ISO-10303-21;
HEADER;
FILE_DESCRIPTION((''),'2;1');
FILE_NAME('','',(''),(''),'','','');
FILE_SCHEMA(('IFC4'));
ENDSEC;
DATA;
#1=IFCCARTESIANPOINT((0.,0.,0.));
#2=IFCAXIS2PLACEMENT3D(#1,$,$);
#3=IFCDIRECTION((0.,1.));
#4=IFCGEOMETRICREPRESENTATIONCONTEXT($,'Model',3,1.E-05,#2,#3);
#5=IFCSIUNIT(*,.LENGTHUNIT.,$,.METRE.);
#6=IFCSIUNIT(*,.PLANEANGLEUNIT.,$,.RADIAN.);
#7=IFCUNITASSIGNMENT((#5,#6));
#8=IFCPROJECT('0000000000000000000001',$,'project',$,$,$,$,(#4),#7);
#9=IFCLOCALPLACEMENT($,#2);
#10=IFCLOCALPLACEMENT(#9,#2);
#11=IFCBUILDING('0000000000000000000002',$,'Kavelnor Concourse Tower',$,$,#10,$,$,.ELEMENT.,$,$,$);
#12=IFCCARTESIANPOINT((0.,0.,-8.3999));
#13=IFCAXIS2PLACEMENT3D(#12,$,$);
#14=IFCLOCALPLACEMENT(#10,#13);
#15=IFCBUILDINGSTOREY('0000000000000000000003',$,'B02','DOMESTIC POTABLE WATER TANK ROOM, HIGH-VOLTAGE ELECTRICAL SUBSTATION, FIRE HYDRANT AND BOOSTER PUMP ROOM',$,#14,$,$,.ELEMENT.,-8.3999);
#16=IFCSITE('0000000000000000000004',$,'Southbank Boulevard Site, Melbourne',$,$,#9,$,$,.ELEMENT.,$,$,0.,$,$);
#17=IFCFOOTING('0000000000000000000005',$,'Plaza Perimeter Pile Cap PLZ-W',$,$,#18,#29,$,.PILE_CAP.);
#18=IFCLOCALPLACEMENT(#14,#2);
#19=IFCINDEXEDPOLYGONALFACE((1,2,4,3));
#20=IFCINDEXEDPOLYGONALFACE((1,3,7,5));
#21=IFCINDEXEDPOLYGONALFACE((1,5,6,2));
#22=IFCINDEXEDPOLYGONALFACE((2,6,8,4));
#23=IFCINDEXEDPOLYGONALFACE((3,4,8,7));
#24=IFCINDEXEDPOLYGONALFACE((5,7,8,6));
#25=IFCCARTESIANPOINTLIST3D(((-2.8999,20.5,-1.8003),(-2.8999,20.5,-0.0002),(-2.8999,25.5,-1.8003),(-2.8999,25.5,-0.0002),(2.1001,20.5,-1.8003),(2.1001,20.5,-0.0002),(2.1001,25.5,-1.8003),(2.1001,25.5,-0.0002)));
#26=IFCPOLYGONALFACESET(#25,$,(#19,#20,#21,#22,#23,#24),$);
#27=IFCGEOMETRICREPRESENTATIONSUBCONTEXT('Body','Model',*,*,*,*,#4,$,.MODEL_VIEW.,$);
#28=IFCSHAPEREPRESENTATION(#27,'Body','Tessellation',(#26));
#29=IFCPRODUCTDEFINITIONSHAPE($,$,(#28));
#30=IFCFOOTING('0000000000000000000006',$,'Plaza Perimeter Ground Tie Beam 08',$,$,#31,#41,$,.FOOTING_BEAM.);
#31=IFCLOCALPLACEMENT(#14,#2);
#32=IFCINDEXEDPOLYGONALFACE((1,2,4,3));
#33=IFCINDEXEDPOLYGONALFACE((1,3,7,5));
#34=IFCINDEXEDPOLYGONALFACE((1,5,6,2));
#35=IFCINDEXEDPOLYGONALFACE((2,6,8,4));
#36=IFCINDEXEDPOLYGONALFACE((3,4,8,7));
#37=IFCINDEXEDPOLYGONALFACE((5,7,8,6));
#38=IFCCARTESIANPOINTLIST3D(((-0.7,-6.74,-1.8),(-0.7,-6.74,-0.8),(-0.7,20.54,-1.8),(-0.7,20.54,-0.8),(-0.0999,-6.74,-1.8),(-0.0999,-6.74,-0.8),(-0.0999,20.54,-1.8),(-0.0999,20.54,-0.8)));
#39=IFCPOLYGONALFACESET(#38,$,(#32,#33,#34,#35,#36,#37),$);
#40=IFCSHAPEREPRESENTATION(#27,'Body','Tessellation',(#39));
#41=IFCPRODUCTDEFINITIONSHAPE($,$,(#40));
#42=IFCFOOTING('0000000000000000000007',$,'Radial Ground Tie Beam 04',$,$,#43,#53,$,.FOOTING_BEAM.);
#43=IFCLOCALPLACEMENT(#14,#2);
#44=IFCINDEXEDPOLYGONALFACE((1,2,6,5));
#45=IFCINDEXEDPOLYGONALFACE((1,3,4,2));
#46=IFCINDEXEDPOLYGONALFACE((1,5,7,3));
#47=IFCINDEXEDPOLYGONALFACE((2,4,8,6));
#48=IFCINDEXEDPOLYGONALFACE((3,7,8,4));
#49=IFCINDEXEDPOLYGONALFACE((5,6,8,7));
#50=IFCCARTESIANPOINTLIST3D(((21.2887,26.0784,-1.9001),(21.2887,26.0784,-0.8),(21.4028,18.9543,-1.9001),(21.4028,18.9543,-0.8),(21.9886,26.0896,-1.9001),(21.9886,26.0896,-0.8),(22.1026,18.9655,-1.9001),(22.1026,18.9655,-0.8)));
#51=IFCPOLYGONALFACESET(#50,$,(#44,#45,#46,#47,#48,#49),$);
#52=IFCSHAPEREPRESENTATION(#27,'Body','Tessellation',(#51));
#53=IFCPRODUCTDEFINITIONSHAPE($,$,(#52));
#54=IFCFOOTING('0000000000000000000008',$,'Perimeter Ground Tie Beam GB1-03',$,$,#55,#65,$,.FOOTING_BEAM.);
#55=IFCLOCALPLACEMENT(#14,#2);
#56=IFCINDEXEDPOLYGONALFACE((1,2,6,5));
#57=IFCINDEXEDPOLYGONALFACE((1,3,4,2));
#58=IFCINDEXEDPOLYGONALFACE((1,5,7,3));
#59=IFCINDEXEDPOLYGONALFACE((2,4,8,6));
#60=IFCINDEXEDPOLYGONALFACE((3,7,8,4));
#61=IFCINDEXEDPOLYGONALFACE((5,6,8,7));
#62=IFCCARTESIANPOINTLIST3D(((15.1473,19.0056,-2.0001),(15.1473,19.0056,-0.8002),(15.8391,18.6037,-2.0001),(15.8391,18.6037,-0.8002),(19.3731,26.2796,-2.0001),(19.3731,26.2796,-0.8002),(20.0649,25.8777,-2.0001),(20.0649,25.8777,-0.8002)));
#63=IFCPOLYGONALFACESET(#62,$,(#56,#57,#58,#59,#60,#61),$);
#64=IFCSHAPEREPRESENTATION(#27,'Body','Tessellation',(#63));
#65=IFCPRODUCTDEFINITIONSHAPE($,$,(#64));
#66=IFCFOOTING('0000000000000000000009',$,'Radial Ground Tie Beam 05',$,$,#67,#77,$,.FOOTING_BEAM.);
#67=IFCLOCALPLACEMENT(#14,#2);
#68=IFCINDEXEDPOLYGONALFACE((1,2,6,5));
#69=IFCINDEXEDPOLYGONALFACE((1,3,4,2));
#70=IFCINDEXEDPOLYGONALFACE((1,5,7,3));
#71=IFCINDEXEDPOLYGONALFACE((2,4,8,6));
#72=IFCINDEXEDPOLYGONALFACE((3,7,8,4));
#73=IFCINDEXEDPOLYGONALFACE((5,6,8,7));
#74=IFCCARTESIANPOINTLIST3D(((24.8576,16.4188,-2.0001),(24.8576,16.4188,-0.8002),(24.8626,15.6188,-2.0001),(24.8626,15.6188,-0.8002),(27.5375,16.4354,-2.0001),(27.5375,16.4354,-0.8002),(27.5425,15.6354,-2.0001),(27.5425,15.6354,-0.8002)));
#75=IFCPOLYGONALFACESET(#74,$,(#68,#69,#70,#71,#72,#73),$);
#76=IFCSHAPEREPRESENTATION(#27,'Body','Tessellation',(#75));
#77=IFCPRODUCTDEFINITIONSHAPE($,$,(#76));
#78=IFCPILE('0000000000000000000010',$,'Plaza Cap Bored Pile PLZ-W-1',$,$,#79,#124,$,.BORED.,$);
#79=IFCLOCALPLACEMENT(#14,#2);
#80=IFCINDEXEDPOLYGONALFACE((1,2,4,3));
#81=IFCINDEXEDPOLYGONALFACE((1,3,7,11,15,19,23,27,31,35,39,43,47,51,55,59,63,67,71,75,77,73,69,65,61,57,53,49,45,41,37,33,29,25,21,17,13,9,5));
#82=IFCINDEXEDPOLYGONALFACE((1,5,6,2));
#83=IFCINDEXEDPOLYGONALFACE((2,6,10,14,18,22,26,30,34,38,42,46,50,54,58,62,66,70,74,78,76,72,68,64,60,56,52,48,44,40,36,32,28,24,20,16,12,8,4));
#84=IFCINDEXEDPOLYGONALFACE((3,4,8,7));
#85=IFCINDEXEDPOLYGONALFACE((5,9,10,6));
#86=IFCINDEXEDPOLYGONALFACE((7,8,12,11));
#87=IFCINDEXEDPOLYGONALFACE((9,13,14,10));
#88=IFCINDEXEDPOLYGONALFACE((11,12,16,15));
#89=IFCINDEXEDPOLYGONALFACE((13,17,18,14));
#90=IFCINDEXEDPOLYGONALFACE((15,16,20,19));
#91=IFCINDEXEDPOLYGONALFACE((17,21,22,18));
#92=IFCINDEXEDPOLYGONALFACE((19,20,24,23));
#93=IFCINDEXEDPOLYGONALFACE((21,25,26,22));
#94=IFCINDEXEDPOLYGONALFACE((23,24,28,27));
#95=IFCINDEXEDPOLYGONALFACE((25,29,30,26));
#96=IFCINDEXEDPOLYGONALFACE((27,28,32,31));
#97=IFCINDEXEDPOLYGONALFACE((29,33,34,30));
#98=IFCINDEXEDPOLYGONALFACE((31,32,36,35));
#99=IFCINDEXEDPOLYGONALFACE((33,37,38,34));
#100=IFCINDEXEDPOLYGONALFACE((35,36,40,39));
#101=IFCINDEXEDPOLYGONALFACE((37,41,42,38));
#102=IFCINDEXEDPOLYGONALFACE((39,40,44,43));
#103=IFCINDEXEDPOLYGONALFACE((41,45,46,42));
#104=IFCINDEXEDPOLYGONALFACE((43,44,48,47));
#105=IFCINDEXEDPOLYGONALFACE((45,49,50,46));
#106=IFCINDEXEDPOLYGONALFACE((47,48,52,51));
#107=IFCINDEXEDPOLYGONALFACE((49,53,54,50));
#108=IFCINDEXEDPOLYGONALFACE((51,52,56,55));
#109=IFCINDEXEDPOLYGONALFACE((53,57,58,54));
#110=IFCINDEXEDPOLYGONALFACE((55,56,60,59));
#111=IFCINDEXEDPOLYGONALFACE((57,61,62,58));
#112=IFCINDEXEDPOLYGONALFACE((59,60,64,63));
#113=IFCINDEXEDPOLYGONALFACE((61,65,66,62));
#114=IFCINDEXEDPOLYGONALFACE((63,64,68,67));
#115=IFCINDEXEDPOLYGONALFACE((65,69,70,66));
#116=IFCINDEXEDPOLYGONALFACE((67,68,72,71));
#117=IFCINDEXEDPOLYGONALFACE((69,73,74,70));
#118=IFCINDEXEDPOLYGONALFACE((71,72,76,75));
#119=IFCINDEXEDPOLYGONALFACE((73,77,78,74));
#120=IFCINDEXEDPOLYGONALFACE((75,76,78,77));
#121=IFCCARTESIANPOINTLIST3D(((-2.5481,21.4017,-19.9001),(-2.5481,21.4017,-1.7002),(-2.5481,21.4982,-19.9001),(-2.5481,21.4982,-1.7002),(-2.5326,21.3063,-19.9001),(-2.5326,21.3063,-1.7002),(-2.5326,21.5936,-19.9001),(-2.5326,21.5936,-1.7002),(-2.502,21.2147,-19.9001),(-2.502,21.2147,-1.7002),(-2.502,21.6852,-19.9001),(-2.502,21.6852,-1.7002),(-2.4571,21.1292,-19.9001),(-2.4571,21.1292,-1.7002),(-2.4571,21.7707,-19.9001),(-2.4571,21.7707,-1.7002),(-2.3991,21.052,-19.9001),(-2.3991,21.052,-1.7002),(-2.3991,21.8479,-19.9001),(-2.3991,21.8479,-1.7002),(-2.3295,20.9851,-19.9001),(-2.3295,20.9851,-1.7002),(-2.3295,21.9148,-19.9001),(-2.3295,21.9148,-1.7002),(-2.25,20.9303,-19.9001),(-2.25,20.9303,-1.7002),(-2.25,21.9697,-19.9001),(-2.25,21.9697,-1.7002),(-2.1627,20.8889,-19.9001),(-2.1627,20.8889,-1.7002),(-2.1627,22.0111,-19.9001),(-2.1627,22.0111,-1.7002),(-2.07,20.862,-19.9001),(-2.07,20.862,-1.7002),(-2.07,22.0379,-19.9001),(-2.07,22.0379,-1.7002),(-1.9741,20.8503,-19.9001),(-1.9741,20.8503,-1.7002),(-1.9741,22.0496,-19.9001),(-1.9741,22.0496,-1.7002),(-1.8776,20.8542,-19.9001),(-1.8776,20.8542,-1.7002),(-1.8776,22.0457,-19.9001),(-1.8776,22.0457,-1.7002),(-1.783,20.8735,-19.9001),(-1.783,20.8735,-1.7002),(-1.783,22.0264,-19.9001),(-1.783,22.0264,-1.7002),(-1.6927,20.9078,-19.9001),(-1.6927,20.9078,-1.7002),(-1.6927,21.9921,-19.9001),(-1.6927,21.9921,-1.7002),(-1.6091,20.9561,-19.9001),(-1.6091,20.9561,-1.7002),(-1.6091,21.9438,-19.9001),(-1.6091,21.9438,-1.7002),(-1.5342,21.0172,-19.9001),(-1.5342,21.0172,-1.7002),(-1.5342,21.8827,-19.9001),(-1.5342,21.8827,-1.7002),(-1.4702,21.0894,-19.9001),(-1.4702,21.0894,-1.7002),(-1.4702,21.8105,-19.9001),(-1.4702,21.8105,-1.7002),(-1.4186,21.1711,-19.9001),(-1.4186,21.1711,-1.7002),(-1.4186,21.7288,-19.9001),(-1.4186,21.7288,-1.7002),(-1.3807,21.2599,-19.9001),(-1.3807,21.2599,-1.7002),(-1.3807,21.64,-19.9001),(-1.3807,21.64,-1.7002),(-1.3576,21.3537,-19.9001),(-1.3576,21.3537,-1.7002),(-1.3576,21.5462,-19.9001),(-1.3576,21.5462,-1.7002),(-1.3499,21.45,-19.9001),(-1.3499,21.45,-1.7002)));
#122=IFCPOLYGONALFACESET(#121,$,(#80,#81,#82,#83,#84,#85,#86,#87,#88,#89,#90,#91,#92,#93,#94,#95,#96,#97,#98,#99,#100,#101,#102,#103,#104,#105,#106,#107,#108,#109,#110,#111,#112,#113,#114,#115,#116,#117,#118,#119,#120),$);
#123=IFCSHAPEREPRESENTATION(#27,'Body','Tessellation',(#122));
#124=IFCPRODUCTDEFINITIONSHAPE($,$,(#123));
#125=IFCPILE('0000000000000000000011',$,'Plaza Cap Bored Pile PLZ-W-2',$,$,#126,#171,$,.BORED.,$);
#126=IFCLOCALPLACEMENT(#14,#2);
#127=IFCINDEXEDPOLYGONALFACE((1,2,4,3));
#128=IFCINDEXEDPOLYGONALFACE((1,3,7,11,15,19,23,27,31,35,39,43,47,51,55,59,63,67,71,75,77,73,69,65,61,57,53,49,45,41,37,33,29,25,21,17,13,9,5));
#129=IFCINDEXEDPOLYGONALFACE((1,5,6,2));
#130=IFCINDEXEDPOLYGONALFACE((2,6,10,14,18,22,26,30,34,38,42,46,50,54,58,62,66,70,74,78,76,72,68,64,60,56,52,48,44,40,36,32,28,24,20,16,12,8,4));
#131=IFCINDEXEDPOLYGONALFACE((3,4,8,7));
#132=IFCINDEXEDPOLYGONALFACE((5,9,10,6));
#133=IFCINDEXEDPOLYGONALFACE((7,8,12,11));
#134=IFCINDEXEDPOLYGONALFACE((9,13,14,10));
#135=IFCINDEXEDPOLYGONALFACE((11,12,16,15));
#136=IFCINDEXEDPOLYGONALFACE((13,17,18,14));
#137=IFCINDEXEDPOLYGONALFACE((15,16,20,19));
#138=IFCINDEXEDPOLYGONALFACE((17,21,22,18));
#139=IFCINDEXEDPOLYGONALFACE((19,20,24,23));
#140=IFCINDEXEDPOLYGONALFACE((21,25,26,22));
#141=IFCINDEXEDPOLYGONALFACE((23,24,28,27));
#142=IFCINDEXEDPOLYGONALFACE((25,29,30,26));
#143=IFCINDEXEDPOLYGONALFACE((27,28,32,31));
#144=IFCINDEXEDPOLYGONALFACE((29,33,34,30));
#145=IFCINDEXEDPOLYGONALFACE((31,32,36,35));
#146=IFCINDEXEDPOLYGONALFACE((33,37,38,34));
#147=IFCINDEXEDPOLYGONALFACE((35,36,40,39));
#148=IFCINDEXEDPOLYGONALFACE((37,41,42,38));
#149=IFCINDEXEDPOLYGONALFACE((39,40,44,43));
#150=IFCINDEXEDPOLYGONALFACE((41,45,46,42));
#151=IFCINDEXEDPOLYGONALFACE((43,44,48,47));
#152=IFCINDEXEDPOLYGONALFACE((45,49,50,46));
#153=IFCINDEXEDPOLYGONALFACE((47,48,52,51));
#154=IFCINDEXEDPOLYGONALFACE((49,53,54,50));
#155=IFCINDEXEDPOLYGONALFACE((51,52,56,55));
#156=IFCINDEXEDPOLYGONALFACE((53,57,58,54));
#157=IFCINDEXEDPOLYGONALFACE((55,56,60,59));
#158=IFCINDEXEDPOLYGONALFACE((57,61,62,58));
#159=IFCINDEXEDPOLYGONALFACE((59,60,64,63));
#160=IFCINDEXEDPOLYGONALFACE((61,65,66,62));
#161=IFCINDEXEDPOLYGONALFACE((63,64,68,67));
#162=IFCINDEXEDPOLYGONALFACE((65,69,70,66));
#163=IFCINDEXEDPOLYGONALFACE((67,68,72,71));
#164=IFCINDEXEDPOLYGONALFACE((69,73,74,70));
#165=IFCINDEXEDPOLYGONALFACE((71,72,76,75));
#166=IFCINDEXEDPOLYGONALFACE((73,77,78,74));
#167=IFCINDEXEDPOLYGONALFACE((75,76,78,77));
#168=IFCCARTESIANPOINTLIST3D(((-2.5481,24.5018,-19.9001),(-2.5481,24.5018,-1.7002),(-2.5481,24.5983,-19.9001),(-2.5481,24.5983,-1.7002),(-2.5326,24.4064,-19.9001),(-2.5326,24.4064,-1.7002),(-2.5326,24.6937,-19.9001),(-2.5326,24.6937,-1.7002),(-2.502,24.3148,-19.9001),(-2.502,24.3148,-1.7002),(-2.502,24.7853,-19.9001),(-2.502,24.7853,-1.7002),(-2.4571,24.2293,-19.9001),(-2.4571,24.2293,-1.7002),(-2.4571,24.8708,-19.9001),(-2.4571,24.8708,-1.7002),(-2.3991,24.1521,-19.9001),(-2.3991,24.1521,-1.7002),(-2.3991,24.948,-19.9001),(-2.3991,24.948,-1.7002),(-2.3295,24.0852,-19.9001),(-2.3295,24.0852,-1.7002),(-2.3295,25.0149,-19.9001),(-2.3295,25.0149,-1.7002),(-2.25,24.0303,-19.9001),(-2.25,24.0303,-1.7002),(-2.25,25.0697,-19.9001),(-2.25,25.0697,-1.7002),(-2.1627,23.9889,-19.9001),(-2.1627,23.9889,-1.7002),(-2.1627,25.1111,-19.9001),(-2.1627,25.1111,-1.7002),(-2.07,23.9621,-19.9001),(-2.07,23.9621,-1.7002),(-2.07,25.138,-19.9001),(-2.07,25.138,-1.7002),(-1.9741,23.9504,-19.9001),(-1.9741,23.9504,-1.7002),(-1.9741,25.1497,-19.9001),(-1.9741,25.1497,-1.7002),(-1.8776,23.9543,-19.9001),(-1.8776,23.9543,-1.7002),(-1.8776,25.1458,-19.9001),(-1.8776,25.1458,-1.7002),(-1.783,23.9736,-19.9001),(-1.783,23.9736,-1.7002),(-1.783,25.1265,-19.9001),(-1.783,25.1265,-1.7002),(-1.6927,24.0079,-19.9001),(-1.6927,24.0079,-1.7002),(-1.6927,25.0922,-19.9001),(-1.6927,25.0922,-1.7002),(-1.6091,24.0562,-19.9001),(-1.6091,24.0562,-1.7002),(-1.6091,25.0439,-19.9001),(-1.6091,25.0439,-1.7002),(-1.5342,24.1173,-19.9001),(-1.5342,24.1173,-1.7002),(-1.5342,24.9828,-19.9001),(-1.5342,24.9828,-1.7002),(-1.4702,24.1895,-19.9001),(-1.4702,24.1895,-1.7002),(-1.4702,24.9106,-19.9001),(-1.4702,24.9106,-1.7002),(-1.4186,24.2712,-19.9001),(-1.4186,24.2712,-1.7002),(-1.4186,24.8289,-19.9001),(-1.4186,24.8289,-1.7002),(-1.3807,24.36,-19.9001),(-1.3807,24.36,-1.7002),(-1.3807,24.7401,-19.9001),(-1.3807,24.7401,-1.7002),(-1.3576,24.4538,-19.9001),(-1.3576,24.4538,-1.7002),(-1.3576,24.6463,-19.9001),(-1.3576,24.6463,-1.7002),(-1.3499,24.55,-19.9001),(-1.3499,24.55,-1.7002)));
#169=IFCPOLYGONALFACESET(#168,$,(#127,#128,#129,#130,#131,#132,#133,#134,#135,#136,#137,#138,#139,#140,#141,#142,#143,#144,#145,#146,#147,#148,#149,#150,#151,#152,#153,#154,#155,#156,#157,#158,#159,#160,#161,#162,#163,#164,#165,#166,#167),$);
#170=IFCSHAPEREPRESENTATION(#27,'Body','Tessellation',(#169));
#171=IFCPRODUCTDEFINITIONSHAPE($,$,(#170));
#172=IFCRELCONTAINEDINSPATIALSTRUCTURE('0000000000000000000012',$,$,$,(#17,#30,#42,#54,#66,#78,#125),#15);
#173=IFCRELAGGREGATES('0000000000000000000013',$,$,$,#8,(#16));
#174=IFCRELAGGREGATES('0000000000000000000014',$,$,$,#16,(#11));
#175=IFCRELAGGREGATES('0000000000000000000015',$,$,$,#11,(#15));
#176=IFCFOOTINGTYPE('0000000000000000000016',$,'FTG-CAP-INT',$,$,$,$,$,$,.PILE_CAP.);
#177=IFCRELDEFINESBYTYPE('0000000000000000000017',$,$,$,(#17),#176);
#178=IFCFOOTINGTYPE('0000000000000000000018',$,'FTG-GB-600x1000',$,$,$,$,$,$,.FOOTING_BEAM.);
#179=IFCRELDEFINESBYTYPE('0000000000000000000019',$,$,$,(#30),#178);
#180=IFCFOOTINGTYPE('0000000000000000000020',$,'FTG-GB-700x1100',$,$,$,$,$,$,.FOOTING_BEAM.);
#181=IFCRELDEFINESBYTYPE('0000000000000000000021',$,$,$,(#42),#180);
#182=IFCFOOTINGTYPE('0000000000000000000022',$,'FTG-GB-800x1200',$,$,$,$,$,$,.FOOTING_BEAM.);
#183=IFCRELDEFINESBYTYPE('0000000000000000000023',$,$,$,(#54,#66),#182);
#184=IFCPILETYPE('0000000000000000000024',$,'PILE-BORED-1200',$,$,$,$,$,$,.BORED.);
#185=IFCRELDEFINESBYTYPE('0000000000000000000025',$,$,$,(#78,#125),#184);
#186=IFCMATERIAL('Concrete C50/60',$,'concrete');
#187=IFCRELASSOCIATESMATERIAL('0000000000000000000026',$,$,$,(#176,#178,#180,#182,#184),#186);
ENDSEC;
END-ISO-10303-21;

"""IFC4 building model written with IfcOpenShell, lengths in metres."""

from ifc_helpers import new_model, si_unit, direction, frame, origin, origin_2d, place, context, subcontext, project, spatial, rectangle, circle, extrude, material, material_profile, profile_set, type_object, element, save


model = new_model("IFC4")

# Units and contexts
model_context = context("Model", 3, precision=1e-05, world=origin(), true_north=direction((0.0, 1.0)))
body_context = subcontext(model_context, "Body", "Model", "MODEL_VIEW")
ifc_project = project(units=[si_unit("LENGTHUNIT", "METRE"), si_unit("PLANEANGLEUNIT", "RADIAN")], contexts=[model_context])

# Site, building, storey
site_placement = place(None, origin())
site = spatial("IfcSite", under=ifc_project, at=site_placement, Name="Southbank Boulevard Site, Melbourne", CompositionType="ELEMENT", RefElevation=0.0)
building_placement = place(site_placement, origin())
building = spatial("IfcBuilding", under=site, at=building_placement, Name="Kavelnor Concourse Tower", CompositionType="ELEMENT")
storey_placement = place(building_placement, frame((0.0, 0.0, -8.3999)))
storey = spatial("IfcBuildingStorey", under=building, at=storey_placement, Name="B02", Description="DOMESTIC POTABLE WATER TANK ROOM, HIGH-VOLTAGE ELECTRICAL SUBSTATION, FIRE HYDRANT AND BOOSTER PUMP ROOM", CompositionType="ELEMENT", Elevation=-8.3999)

# Footings
ifc_material_1 = material(Name="Concrete C50/60", Category="concrete")
footing_type_1 = type_object("IfcFootingType", Name="FTG-CAP-INT", PredefinedType="PILE_CAP", material=ifc_material_1)
footing_1_placement = place(storey_placement, frame((-0.3999, 23.0, -1.8003), z_axis=(0.0, 0.0, 1.0), x_axis=(1.0, 0.0, 0.0)))
element("IfcFooting", 1, at=footing_1_placement, inside=storey, type_object=footing_type_1, Name="Plaza Perimeter Pile Cap PLZ-W", PredefinedType="PILE_CAP", context=body_context, shape_type="SweptSolid", body=[
    extrude(rectangle(XDim=5.0, YDim=5.0, at=origin_2d()), origin(), (0.0, 0.0, 1.0), 1.8),
])
ifc_material_profile_1 = material_profile(ifc_material_1, rectangle(XDim=0.6001, YDim=1.0, at=origin_2d()), Name="RC-GB 600x1000")
ifc_profile_set_1 = profile_set([ifc_material_profile_1], Name="Concrete C50/60")
footing_type_2 = type_object("IfcFootingType", Name="FTG-GB-600x1000", PredefinedType="FOOTING_BEAM", material=ifc_profile_set_1)
footing_2_placement = place(storey_placement, frame((-0.3999, 20.54, -1.3), z_axis=(0.0, -1.0, 0.0), x_axis=(1.0, 0.0, 0.0)))
element("IfcFooting", 2, at=footing_2_placement, inside=storey, type_object=footing_type_2, Name="Plaza Perimeter Ground Tie Beam 08", PredefinedType="FOOTING_BEAM", context=body_context, shape_type="SweptSolid", body=[
    extrude(rectangle(XDim=0.6001, YDim=1.0, at=origin_2d()), origin(), (0.0, 0.0, 1.0), 27.28),
])
ifc_material_profile_2 = material_profile(ifc_material_1, rectangle(XDim=0.7, YDim=1.1001, at=origin_2d()), Name="RC-GB 700x1100")
ifc_profile_set_2 = profile_set([ifc_material_profile_2], Name="Concrete C50/60")
footing_type_3 = type_object("IfcFootingType", Name="FTG-GB-700x1100", PredefinedType="FOOTING_BEAM", material=ifc_profile_set_2)
footing_3_placement = place(storey_placement, frame((21.6387, 26.084, -1.3501), z_axis=(0.016002, -0.999872, 0.0), x_axis=(0.999872, 0.016002, 0.0)))
element("IfcFooting", 3, at=footing_3_placement, inside=storey, type_object=footing_type_3, Name="Radial Ground Tie Beam 04", PredefinedType="FOOTING_BEAM", context=body_context, shape_type="SweptSolid", body=[
    extrude(rectangle(XDim=0.7, YDim=1.1001, at=origin_2d()), origin(), (0.0, 0.0, 1.0), 7.125),
])
ifc_material_profile_3 = material_profile(ifc_material_1, rectangle(XDim=0.8, YDim=1.2, at=origin_2d()), Name="RC-GB 800x1200")
ifc_profile_set_3 = profile_set([ifc_material_profile_3], Name="Concrete C50/60")
footing_type_4 = type_object("IfcFootingType", Name="FTG-GB-800x1200", PredefinedType="FOOTING_BEAM", material=ifc_profile_set_3)
footing_4_placement = place(storey_placement, frame((19.719, 26.0786, -1.4001), z_axis=(-0.502336, -0.864672, 0.0), x_axis=(0.864672, -0.502336, 0.0)))
element("IfcFooting", 4, at=footing_4_placement, inside=storey, type_object=footing_type_4, Name="Perimeter Ground Tie Beam GB1-03", PredefinedType="FOOTING_BEAM", context=body_context, shape_type="SweptSolid", body=[
    extrude(rectangle(XDim=0.8, YDim=1.2, at=origin_2d()), origin(), (0.0, 0.0, 1.0), 8.4124),
])
footing_5_placement = place(storey_placement, frame((24.8601, 16.0188, -1.4001), z_axis=(0.999981, 0.006195, 0.0), x_axis=(-0.006195, 0.999981, 0.0)))
element("IfcFooting", 5, at=footing_5_placement, inside=storey, type_object=footing_type_4, Name="Radial Ground Tie Beam 05", PredefinedType="FOOTING_BEAM", context=body_context, shape_type="SweptSolid", body=[
    extrude(rectangle(XDim=0.8, YDim=1.2, at=origin_2d()), origin(), (0.0, 0.0, 1.0), 2.6799),
])

# Piles
ifc_material_profile_4 = material_profile(ifc_material_1, circle(Radius=0.6001, at=origin_2d()), Name="PILE-D1200")
ifc_profile_set_4 = profile_set([ifc_material_profile_4], Name="Concrete C50/60")
pile_type_1 = type_object("IfcPileType", Name="PILE-BORED-1200", PredefinedType="BORED", material=ifc_profile_set_4)
for number, where, z_axis, x_axis, name in (
    (6, (-1.95, 21.45, -1.7002), (0.0, 0.0, -1.0), (1.0, 0.0, 0.0), "Plaza Cap Bored Pile PLZ-W-1"),
    (7, (-1.95, 24.55, -1.7002), (0.0, 0.0, -1.0), (1.0, 0.0, 0.0), "Plaza Cap Bored Pile PLZ-W-2"),
):
    element("IfcPile", number, at=place(storey_placement, frame(where, z_axis=z_axis, x_axis=x_axis)), inside=storey, type_object=pile_type_1, Name=name, PredefinedType="BORED", context=body_context, shape_type="SweptSolid", body=[
        extrude(circle(Radius=0.6001, at=origin_2d()), origin(), (0.0, 0.0, 1.0), 18.2),
    ])

save(model, "model.ifc")
